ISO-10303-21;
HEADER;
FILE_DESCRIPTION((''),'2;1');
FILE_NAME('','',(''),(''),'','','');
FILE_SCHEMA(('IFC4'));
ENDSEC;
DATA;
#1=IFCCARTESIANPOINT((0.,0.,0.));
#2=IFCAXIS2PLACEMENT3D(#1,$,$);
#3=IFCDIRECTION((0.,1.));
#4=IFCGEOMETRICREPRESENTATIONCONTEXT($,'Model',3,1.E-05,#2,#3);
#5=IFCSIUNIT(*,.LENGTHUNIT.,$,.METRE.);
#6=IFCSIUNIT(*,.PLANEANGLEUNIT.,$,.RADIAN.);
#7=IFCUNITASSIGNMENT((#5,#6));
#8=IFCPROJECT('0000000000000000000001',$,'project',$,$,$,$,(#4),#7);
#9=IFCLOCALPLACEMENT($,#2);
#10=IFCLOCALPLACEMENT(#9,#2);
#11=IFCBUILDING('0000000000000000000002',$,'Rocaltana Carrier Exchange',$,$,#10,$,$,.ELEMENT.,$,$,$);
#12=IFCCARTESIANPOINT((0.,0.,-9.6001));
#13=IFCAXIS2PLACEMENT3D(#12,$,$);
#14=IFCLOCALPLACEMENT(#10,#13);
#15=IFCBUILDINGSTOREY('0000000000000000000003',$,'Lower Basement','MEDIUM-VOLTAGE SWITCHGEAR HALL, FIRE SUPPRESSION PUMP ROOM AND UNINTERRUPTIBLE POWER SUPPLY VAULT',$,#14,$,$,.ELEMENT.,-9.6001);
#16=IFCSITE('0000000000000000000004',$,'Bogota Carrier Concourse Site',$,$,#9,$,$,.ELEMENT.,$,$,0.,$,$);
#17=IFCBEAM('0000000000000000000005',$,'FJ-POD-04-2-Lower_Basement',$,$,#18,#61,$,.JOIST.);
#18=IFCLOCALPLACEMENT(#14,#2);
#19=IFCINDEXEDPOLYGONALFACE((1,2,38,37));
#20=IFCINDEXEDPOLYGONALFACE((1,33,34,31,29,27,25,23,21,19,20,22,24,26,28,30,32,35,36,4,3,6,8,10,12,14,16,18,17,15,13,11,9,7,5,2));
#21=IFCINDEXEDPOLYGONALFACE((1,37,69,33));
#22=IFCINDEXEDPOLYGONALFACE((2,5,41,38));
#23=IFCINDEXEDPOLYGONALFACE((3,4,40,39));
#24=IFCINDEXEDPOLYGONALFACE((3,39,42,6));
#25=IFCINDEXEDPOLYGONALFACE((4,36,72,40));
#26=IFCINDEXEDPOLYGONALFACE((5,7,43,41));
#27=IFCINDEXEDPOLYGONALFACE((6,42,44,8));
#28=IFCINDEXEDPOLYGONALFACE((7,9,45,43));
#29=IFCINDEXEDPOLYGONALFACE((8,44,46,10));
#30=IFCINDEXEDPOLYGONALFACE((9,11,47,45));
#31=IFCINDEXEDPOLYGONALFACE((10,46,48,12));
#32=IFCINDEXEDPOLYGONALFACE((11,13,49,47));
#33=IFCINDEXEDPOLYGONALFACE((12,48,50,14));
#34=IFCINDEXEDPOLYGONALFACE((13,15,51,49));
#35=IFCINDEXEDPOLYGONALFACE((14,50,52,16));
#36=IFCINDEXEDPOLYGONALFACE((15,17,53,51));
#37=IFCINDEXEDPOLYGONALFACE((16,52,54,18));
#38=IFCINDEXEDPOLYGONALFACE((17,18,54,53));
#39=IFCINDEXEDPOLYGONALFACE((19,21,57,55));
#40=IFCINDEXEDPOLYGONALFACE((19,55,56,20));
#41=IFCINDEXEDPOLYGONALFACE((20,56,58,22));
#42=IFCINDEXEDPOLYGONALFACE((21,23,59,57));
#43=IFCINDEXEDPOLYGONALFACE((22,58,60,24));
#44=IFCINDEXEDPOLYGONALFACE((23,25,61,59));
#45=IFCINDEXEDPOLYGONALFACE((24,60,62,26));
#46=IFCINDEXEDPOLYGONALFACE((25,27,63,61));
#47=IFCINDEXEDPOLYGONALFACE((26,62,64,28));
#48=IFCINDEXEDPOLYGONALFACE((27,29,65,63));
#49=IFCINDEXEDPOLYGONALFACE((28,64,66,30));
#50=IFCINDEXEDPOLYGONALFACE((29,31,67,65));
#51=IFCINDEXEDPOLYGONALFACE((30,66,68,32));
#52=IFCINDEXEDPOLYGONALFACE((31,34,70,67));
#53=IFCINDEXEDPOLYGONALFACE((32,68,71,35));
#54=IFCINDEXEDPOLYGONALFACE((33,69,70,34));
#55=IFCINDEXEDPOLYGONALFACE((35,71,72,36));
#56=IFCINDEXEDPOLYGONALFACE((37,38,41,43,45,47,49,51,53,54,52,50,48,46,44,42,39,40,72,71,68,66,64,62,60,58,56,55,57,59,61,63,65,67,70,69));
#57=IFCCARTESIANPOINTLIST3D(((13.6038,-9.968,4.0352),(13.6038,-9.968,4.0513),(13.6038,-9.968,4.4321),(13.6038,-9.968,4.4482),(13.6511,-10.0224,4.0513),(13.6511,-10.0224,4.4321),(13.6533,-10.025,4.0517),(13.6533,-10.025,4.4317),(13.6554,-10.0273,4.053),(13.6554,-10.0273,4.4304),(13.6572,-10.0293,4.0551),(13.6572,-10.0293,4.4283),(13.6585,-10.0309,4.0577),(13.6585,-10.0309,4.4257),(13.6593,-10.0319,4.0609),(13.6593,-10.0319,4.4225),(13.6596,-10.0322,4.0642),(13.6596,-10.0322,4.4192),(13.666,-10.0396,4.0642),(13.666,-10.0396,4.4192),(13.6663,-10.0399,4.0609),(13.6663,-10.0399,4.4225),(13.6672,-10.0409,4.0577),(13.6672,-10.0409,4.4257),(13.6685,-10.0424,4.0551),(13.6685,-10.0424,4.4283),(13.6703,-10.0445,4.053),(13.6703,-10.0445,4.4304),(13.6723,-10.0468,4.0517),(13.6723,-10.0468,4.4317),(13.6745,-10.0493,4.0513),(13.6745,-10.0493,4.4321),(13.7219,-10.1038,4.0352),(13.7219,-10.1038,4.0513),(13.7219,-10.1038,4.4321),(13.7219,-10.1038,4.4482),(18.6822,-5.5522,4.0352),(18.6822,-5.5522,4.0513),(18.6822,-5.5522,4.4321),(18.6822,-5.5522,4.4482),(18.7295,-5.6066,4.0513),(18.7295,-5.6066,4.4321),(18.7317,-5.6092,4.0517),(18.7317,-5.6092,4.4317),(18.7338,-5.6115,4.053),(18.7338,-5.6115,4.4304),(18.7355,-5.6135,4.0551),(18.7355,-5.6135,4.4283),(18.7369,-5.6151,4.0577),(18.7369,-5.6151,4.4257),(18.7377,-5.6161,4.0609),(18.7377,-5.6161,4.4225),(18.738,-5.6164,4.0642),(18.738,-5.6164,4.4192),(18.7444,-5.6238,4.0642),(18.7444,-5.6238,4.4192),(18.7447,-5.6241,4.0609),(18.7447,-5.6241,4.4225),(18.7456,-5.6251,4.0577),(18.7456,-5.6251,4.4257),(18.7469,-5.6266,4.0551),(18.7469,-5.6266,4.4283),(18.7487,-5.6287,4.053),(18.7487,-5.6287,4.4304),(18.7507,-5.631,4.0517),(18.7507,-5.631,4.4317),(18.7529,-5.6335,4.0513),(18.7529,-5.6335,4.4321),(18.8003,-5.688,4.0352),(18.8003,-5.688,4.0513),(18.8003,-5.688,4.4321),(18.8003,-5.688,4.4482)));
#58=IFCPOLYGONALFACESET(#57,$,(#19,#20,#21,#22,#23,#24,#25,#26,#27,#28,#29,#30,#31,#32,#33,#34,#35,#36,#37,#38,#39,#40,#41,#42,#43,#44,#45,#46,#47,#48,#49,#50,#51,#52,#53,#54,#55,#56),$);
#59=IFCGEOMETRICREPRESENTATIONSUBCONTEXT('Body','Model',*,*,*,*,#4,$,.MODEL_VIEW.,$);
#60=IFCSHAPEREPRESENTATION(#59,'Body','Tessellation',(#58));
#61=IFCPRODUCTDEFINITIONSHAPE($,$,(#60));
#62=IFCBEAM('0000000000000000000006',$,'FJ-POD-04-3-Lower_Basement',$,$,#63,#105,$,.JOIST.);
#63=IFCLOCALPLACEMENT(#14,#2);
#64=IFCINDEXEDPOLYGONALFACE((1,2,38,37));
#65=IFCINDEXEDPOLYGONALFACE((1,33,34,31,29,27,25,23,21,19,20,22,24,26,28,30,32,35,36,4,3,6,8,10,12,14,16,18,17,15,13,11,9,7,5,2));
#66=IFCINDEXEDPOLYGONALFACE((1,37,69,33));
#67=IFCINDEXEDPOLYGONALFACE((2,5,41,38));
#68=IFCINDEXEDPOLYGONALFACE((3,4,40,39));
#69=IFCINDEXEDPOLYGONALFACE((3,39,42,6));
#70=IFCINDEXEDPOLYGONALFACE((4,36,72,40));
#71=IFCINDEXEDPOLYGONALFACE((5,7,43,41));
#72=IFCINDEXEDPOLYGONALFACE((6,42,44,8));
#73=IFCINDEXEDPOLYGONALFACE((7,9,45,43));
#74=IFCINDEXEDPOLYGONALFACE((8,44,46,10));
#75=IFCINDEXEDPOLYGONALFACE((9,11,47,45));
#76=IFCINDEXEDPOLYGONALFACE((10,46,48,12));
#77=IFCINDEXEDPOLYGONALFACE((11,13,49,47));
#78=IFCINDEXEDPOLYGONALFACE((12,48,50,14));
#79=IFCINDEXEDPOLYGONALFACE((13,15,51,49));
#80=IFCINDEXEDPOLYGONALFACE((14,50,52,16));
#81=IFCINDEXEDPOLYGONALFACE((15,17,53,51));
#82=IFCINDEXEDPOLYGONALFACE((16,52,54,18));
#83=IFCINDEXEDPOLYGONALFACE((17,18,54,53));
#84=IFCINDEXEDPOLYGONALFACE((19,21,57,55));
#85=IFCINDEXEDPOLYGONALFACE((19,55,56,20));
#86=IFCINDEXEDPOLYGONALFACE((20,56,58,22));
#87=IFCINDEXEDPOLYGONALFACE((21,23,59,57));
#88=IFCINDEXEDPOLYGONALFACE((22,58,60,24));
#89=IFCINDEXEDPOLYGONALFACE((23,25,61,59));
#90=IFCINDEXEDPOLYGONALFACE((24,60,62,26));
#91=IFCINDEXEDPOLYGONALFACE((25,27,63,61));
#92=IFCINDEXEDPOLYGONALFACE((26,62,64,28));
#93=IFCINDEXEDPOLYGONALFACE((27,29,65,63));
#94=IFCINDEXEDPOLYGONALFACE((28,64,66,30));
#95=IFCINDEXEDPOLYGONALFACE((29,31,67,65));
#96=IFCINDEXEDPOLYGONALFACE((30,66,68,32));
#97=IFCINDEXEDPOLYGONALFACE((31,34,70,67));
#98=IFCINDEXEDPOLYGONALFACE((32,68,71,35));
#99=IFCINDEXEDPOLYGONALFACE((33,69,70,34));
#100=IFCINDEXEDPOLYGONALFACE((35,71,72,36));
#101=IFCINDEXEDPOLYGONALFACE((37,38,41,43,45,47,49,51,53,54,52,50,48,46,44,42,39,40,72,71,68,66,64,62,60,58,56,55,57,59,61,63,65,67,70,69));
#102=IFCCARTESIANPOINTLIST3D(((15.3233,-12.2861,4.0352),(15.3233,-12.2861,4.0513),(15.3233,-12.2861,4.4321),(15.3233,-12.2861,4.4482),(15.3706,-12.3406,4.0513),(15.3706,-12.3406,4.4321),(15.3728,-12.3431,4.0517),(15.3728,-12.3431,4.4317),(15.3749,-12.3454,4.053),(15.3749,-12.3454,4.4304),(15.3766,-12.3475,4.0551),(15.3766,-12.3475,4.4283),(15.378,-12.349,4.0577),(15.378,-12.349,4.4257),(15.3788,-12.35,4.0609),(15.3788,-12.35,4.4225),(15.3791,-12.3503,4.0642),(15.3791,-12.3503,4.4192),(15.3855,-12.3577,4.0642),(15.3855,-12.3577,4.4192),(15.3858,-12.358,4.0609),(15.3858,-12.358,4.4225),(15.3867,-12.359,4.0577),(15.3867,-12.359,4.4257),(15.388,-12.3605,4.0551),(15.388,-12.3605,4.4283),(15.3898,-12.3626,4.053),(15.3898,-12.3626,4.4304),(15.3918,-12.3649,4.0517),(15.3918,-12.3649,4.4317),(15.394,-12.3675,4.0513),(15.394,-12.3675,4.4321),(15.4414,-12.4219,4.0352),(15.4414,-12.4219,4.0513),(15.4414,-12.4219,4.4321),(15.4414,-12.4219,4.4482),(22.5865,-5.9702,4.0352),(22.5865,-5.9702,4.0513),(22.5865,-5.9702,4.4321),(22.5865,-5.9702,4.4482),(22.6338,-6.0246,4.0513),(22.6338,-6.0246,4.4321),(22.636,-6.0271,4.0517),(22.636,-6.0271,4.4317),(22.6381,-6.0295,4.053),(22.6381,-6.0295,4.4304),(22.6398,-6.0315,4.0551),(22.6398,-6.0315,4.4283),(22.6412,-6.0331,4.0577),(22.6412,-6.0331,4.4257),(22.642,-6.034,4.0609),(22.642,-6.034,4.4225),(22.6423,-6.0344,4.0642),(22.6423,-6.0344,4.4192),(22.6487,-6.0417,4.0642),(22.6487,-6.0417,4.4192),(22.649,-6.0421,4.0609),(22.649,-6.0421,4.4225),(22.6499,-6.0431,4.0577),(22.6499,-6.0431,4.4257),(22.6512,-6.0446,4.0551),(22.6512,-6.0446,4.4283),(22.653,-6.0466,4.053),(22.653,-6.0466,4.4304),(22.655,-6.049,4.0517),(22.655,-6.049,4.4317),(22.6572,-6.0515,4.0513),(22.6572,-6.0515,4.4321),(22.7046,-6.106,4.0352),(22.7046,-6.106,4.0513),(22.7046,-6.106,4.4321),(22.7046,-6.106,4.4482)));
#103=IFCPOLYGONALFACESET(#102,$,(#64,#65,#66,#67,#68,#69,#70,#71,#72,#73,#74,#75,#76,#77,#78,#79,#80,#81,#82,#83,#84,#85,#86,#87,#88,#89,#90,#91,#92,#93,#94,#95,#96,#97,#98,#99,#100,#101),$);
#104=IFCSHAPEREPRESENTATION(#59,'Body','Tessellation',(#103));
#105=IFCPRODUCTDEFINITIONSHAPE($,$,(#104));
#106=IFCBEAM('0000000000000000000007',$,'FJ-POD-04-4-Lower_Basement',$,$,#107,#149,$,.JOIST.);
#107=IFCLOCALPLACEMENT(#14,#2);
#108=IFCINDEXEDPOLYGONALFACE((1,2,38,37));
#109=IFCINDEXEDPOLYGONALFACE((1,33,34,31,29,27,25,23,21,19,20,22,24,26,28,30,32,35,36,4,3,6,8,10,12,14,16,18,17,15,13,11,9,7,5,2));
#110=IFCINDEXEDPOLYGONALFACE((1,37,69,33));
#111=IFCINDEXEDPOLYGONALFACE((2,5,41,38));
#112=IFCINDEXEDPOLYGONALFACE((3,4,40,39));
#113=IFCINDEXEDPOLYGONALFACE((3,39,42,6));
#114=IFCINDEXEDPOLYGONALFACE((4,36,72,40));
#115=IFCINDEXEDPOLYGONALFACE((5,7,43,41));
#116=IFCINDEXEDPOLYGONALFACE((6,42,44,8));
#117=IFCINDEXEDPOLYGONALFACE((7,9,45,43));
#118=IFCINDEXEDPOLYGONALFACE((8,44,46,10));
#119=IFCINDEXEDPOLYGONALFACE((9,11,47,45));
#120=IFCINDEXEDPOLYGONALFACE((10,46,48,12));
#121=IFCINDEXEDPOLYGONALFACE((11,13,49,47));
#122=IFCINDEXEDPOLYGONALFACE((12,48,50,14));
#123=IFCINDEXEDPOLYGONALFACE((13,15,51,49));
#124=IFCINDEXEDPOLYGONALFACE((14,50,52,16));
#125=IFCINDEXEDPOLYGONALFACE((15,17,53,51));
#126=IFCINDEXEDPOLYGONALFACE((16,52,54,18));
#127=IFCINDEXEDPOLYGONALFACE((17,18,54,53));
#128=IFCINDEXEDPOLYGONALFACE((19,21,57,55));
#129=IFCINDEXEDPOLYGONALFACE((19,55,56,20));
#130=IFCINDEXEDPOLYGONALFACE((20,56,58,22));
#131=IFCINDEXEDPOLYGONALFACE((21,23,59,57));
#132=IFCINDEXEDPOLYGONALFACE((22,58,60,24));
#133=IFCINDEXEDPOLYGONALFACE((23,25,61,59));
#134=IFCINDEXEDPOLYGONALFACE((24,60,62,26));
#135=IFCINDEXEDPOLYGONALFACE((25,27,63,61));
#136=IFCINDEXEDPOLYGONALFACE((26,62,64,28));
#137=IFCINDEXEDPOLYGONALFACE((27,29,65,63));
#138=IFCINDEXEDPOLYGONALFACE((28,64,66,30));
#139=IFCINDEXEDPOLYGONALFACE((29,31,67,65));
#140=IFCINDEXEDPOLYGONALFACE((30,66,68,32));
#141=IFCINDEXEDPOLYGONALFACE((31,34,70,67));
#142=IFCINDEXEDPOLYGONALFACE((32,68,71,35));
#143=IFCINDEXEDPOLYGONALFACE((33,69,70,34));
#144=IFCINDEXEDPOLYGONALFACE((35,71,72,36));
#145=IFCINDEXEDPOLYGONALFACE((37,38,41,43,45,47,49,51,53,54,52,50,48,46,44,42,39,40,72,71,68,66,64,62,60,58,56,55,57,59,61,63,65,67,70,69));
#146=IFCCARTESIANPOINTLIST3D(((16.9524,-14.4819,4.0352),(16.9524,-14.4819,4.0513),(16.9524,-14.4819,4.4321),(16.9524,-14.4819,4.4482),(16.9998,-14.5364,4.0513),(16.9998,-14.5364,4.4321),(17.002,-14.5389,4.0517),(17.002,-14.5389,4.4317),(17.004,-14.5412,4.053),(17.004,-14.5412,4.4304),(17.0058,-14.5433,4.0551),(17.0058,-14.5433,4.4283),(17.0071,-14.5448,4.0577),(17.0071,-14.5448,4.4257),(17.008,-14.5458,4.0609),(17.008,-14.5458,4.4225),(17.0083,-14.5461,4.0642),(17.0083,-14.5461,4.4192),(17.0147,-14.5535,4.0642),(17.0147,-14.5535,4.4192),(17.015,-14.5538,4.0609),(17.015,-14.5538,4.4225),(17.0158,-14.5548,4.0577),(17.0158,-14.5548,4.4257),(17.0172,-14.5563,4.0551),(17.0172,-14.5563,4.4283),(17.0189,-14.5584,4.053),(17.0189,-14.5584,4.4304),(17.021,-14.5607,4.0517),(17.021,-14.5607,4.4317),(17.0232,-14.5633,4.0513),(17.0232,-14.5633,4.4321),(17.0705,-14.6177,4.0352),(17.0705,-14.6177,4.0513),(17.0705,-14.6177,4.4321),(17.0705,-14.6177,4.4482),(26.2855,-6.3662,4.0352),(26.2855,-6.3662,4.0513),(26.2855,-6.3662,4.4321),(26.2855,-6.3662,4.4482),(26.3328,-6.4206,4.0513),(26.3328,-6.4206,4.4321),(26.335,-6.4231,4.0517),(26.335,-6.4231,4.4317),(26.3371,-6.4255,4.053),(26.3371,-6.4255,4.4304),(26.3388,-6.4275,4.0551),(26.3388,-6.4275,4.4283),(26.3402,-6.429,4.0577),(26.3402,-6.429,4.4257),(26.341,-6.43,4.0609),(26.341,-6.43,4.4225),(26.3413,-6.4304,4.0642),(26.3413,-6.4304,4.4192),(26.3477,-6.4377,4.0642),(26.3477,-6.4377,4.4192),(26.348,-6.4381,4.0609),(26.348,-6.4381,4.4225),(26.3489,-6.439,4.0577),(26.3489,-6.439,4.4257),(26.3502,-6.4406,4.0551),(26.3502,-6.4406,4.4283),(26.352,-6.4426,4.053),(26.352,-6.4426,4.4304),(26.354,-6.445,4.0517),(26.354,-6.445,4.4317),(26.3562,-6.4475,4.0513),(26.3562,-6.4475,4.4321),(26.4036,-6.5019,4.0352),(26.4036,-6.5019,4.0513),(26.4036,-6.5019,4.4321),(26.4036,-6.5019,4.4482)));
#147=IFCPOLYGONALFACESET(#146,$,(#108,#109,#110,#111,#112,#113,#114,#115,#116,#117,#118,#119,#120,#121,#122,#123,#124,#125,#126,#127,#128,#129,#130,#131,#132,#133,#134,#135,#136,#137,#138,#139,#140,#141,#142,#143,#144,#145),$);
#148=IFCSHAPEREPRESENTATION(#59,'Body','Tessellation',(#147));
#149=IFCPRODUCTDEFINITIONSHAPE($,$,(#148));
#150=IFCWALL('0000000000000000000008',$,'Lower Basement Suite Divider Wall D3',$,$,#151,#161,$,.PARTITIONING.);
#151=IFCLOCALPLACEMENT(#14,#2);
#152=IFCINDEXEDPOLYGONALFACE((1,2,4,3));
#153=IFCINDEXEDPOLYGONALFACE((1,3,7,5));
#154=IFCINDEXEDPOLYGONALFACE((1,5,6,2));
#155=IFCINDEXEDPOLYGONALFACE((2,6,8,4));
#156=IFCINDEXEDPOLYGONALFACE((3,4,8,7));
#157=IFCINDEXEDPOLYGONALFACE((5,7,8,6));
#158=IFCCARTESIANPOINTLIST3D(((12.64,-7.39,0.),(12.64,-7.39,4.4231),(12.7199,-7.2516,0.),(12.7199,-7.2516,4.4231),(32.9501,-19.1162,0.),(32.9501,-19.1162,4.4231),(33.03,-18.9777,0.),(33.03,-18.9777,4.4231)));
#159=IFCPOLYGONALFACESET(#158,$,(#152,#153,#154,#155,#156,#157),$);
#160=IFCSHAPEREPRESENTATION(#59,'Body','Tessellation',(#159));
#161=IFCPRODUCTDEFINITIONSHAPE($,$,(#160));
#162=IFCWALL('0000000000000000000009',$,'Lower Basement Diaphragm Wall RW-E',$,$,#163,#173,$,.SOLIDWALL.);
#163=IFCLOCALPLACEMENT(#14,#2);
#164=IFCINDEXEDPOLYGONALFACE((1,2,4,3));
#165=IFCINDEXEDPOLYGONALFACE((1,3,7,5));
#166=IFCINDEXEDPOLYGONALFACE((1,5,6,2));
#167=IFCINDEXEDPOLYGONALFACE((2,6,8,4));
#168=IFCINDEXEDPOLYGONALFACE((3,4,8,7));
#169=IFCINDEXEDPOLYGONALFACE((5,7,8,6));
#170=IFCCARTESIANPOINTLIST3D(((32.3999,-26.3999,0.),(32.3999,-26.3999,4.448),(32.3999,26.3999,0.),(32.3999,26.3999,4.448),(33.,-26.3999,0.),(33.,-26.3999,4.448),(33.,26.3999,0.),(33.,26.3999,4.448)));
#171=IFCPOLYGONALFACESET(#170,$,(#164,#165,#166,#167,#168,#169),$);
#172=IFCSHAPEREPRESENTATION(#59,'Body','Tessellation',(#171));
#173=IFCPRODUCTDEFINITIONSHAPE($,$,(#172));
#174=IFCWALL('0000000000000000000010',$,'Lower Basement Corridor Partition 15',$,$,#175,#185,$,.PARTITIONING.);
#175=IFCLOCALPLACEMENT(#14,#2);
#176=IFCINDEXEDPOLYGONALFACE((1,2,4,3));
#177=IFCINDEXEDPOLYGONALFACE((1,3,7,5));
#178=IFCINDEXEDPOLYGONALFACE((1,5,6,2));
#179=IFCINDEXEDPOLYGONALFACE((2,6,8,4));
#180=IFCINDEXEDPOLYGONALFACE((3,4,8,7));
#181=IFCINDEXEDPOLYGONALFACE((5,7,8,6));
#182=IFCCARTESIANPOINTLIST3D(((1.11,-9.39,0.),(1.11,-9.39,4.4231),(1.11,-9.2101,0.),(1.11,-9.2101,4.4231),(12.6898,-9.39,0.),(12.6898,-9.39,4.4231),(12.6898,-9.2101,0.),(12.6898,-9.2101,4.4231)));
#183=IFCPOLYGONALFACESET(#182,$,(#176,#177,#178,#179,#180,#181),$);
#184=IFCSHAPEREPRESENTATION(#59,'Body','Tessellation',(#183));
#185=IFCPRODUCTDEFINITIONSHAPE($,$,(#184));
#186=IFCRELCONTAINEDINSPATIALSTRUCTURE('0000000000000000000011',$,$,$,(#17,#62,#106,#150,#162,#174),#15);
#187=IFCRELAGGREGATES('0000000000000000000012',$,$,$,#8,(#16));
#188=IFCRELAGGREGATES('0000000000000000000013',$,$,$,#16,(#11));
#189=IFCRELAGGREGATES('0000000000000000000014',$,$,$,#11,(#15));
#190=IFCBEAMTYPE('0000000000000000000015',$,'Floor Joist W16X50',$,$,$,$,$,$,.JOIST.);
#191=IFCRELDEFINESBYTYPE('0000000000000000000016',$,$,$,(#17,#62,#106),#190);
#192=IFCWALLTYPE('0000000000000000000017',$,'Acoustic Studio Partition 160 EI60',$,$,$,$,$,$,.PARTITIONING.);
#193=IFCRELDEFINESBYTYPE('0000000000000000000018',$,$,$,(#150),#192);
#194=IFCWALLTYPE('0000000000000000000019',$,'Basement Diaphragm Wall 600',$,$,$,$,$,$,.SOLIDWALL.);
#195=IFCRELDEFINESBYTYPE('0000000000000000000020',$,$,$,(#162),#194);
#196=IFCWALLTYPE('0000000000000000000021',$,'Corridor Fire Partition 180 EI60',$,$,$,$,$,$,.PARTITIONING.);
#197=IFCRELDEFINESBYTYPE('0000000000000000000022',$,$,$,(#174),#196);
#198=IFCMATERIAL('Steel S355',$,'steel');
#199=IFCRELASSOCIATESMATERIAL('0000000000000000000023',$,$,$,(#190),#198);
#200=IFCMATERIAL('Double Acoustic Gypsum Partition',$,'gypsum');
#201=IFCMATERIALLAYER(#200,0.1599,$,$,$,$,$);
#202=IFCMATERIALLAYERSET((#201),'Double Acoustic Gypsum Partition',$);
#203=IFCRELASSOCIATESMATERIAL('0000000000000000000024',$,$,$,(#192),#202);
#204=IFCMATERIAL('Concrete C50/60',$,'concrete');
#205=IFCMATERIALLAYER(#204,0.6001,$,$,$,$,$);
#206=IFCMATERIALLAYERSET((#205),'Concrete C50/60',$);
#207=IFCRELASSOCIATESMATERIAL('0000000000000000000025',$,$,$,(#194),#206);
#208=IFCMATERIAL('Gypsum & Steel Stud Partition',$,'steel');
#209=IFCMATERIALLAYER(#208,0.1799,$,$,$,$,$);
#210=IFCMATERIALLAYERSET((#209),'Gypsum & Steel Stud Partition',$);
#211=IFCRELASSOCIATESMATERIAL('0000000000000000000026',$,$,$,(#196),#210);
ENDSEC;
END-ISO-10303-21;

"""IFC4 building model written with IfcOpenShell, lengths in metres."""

from ifc_helpers import new_model, si_unit, direction, frame, frame_2d, origin, origin_2d, place, context, subcontext, project, spatial, rectangle, i_section, extrude, material, layer, layer_set, material_profile, profile_set, type_object, element, save


model = new_model("IFC4")

# Units and contexts
model_context = context("Model", 3, precision=1e-05, world=origin(), true_north=direction((0.0, 1.0)))
body_context = subcontext(model_context, "Body", "Model", "MODEL_VIEW")
ifc_project = project(units=[si_unit("LENGTHUNIT", "METRE"), si_unit("PLANEANGLEUNIT", "RADIAN")], contexts=[model_context])

# Site, building, storey
site_placement = place(None, origin())
site = spatial("IfcSite", under=ifc_project, at=site_placement, Name="Bogota Carrier Concourse Site", CompositionType="ELEMENT", RefElevation=0.0)
building_placement = place(site_placement, origin())
building = spatial("IfcBuilding", under=site, at=building_placement, Name="Rocaltana Carrier Exchange", CompositionType="ELEMENT")
storey_placement = place(building_placement, frame((0.0, 0.0, -9.6001)))
storey = spatial("IfcBuildingStorey", under=building, at=storey_placement, Name="Lower Basement", Description="MEDIUM-VOLTAGE SWITCHGEAR HALL, FIRE SUPPRESSION PUMP ROOM AND UNINTERRUPTIBLE POWER SUPPLY VAULT", CompositionType="ELEMENT", Elevation=-9.6001)

# Beams
ifc_material_1 = material(Name="Steel S355", Category="steel")
ifc_material_profile_1 = material_profile(ifc_material_1, i_section(OverallWidth=0.1799, OverallDepth=0.4131, WebThickness=0.0098, FlangeThickness=0.0161, FilletRadius=0.0129, at=origin_2d()), Name="W16X50")
ifc_profile_set_1 = profile_set([ifc_material_profile_1], Name="Steel S355")
beam_type_1 = type_object("IfcBeamType", Name="Floor Joist W16X50", PredefinedType="JOIST", material=ifc_profile_set_1)
beam_1_placement = place(storey_placement, frame((13.6628, -10.0359, 4.2417), z_axis=(0.75462, 0.656162, 0.0), x_axis=(-0.656162, 0.75462, 0.0)))
element("IfcBeam", 1, at=beam_1_placement, inside=storey, type_object=beam_type_1, Name="FJ-POD-04-2-Lower_Basement", PredefinedType="JOIST", context=body_context, shape_type="SweptSolid", body=[
    extrude(i_section(OverallWidth=0.1799, OverallDepth=0.4131, WebThickness=0.0098, FlangeThickness=0.0161, FilletRadius=0.0129, at=origin_2d()), origin(), (0.0, 0.0, 1.0), 6.7297),
])
beam_2_placement = place(storey_placement, frame((15.3823, -12.354, 4.2417), z_axis=(0.7546, 0.656185, 0.0), x_axis=(-0.656185, 0.7546, 0.0)))
element("IfcBeam", 2, at=beam_2_placement, inside=storey, type_object=beam_type_1, Name="FJ-POD-04-3-Lower_Basement", PredefinedType="JOIST", context=body_context, shape_type="SweptSolid", body=[
    extrude(i_section(OverallWidth=0.1799, OverallDepth=0.4131, WebThickness=0.0098, FlangeThickness=0.0161, FilletRadius=0.0129, at=origin_2d()), origin(), (0.0, 0.0, 1.0), 9.6252),
])
beam_3_placement = place(storey_placement, frame((17.0115, -14.5498, 4.2417), z_axis=(0.754603, 0.656182, 0.0), x_axis=(-0.656182, 0.754603, 0.0)))
element("IfcBeam", 3, at=beam_3_placement, inside=storey, type_object=beam_type_1, Name="FJ-POD-04-4-Lower_Basement", PredefinedType="JOIST", context=body_context, shape_type="SweptSolid", body=[
    extrude(i_section(OverallWidth=0.1799, OverallDepth=0.4131, WebThickness=0.0098, FlangeThickness=0.0161, FilletRadius=0.0129, at=origin_2d()), origin(), (0.0, 0.0, 1.0), 12.3682),
])

# Walls
ifc_material_2 = material(Name="Double Acoustic Gypsum Partition", Category="gypsum")
ifc_layer_1 = layer(ifc_material_2, 0.1599)
ifc_layer_set_1 = layer_set([ifc_layer_1], Name="Double Acoustic Gypsum Partition")
wall_type_1 = type_object("IfcWallType", Name="Acoustic Studio Partition 160 EI60", PredefinedType="PARTITIONING", material=ifc_layer_set_1)
wall_1_placement = place(storey_placement, frame((12.6799, -7.3208, 0.0), z_axis=(0.0, 0.0, 1.0), x_axis=(0.866024, -0.500002, 0.0)))
element("IfcWall", 4, at=wall_1_placement, inside=storey, type_object=wall_type_1, Name="Lower Basement Suite Divider Wall D3", PredefinedType="PARTITIONING", context=body_context, shape_type="SweptSolid", body=[
    extrude(rectangle(XDim=23.4521, YDim=0.1599, at=frame_2d((11.7261, 0.0))), origin(), (0.0, 0.0, 1.0), 4.4231),
])
ifc_material_3 = material(Name="Concrete C50/60", Category="concrete")
ifc_layer_2 = layer(ifc_material_3, 0.6001)
ifc_layer_set_2 = layer_set([ifc_layer_2], Name="Concrete C50/60")
wall_type_2 = type_object("IfcWallType", Name="Basement Diaphragm Wall 600", PredefinedType="SOLIDWALL", material=ifc_layer_set_2)
wall_2_placement = place(storey_placement, frame((32.7, -26.3999, 0.0), z_axis=(0.0, 0.0, 1.0), x_axis=(0.0, 1.0, 0.0)))
element("IfcWall", 5, at=wall_2_placement, inside=storey, type_object=wall_type_2, Name="Lower Basement Diaphragm Wall RW-E", PredefinedType="SOLIDWALL", context=body_context, shape_type="SweptSolid", body=[
    extrude(rectangle(XDim=52.7998, YDim=0.6001, at=frame_2d((26.3999, 0.0))), origin(), (0.0, 0.0, 1.0), 4.448),
])
ifc_material_4 = material(Name="Gypsum & Steel Stud Partition", Category="steel")
ifc_layer_3 = layer(ifc_material_4, 0.1799)
ifc_layer_set_3 = layer_set([ifc_layer_3], Name="Gypsum & Steel Stud Partition")
wall_type_3 = type_object("IfcWallType", Name="Corridor Fire Partition 180 EI60", PredefinedType="PARTITIONING", material=ifc_layer_set_3)
wall_3_placement = place(storey_placement, frame((12.6899, -9.3, 0.0), z_axis=(0.0, 0.0, 1.0), x_axis=(-1.0, 0.0, 0.0)))
element("IfcWall", 6, at=wall_3_placement, inside=storey, type_object=wall_type_3, Name="Lower Basement Corridor Partition 15", PredefinedType="PARTITIONING", context=body_context, shape_type="SweptSolid", body=[
    extrude(rectangle(XDim=11.5798, YDim=0.1799, at=frame_2d((5.79, 0.0))), origin(), (0.0, 0.0, 1.0), 4.4231),
])

save(model, "model.ifc")
